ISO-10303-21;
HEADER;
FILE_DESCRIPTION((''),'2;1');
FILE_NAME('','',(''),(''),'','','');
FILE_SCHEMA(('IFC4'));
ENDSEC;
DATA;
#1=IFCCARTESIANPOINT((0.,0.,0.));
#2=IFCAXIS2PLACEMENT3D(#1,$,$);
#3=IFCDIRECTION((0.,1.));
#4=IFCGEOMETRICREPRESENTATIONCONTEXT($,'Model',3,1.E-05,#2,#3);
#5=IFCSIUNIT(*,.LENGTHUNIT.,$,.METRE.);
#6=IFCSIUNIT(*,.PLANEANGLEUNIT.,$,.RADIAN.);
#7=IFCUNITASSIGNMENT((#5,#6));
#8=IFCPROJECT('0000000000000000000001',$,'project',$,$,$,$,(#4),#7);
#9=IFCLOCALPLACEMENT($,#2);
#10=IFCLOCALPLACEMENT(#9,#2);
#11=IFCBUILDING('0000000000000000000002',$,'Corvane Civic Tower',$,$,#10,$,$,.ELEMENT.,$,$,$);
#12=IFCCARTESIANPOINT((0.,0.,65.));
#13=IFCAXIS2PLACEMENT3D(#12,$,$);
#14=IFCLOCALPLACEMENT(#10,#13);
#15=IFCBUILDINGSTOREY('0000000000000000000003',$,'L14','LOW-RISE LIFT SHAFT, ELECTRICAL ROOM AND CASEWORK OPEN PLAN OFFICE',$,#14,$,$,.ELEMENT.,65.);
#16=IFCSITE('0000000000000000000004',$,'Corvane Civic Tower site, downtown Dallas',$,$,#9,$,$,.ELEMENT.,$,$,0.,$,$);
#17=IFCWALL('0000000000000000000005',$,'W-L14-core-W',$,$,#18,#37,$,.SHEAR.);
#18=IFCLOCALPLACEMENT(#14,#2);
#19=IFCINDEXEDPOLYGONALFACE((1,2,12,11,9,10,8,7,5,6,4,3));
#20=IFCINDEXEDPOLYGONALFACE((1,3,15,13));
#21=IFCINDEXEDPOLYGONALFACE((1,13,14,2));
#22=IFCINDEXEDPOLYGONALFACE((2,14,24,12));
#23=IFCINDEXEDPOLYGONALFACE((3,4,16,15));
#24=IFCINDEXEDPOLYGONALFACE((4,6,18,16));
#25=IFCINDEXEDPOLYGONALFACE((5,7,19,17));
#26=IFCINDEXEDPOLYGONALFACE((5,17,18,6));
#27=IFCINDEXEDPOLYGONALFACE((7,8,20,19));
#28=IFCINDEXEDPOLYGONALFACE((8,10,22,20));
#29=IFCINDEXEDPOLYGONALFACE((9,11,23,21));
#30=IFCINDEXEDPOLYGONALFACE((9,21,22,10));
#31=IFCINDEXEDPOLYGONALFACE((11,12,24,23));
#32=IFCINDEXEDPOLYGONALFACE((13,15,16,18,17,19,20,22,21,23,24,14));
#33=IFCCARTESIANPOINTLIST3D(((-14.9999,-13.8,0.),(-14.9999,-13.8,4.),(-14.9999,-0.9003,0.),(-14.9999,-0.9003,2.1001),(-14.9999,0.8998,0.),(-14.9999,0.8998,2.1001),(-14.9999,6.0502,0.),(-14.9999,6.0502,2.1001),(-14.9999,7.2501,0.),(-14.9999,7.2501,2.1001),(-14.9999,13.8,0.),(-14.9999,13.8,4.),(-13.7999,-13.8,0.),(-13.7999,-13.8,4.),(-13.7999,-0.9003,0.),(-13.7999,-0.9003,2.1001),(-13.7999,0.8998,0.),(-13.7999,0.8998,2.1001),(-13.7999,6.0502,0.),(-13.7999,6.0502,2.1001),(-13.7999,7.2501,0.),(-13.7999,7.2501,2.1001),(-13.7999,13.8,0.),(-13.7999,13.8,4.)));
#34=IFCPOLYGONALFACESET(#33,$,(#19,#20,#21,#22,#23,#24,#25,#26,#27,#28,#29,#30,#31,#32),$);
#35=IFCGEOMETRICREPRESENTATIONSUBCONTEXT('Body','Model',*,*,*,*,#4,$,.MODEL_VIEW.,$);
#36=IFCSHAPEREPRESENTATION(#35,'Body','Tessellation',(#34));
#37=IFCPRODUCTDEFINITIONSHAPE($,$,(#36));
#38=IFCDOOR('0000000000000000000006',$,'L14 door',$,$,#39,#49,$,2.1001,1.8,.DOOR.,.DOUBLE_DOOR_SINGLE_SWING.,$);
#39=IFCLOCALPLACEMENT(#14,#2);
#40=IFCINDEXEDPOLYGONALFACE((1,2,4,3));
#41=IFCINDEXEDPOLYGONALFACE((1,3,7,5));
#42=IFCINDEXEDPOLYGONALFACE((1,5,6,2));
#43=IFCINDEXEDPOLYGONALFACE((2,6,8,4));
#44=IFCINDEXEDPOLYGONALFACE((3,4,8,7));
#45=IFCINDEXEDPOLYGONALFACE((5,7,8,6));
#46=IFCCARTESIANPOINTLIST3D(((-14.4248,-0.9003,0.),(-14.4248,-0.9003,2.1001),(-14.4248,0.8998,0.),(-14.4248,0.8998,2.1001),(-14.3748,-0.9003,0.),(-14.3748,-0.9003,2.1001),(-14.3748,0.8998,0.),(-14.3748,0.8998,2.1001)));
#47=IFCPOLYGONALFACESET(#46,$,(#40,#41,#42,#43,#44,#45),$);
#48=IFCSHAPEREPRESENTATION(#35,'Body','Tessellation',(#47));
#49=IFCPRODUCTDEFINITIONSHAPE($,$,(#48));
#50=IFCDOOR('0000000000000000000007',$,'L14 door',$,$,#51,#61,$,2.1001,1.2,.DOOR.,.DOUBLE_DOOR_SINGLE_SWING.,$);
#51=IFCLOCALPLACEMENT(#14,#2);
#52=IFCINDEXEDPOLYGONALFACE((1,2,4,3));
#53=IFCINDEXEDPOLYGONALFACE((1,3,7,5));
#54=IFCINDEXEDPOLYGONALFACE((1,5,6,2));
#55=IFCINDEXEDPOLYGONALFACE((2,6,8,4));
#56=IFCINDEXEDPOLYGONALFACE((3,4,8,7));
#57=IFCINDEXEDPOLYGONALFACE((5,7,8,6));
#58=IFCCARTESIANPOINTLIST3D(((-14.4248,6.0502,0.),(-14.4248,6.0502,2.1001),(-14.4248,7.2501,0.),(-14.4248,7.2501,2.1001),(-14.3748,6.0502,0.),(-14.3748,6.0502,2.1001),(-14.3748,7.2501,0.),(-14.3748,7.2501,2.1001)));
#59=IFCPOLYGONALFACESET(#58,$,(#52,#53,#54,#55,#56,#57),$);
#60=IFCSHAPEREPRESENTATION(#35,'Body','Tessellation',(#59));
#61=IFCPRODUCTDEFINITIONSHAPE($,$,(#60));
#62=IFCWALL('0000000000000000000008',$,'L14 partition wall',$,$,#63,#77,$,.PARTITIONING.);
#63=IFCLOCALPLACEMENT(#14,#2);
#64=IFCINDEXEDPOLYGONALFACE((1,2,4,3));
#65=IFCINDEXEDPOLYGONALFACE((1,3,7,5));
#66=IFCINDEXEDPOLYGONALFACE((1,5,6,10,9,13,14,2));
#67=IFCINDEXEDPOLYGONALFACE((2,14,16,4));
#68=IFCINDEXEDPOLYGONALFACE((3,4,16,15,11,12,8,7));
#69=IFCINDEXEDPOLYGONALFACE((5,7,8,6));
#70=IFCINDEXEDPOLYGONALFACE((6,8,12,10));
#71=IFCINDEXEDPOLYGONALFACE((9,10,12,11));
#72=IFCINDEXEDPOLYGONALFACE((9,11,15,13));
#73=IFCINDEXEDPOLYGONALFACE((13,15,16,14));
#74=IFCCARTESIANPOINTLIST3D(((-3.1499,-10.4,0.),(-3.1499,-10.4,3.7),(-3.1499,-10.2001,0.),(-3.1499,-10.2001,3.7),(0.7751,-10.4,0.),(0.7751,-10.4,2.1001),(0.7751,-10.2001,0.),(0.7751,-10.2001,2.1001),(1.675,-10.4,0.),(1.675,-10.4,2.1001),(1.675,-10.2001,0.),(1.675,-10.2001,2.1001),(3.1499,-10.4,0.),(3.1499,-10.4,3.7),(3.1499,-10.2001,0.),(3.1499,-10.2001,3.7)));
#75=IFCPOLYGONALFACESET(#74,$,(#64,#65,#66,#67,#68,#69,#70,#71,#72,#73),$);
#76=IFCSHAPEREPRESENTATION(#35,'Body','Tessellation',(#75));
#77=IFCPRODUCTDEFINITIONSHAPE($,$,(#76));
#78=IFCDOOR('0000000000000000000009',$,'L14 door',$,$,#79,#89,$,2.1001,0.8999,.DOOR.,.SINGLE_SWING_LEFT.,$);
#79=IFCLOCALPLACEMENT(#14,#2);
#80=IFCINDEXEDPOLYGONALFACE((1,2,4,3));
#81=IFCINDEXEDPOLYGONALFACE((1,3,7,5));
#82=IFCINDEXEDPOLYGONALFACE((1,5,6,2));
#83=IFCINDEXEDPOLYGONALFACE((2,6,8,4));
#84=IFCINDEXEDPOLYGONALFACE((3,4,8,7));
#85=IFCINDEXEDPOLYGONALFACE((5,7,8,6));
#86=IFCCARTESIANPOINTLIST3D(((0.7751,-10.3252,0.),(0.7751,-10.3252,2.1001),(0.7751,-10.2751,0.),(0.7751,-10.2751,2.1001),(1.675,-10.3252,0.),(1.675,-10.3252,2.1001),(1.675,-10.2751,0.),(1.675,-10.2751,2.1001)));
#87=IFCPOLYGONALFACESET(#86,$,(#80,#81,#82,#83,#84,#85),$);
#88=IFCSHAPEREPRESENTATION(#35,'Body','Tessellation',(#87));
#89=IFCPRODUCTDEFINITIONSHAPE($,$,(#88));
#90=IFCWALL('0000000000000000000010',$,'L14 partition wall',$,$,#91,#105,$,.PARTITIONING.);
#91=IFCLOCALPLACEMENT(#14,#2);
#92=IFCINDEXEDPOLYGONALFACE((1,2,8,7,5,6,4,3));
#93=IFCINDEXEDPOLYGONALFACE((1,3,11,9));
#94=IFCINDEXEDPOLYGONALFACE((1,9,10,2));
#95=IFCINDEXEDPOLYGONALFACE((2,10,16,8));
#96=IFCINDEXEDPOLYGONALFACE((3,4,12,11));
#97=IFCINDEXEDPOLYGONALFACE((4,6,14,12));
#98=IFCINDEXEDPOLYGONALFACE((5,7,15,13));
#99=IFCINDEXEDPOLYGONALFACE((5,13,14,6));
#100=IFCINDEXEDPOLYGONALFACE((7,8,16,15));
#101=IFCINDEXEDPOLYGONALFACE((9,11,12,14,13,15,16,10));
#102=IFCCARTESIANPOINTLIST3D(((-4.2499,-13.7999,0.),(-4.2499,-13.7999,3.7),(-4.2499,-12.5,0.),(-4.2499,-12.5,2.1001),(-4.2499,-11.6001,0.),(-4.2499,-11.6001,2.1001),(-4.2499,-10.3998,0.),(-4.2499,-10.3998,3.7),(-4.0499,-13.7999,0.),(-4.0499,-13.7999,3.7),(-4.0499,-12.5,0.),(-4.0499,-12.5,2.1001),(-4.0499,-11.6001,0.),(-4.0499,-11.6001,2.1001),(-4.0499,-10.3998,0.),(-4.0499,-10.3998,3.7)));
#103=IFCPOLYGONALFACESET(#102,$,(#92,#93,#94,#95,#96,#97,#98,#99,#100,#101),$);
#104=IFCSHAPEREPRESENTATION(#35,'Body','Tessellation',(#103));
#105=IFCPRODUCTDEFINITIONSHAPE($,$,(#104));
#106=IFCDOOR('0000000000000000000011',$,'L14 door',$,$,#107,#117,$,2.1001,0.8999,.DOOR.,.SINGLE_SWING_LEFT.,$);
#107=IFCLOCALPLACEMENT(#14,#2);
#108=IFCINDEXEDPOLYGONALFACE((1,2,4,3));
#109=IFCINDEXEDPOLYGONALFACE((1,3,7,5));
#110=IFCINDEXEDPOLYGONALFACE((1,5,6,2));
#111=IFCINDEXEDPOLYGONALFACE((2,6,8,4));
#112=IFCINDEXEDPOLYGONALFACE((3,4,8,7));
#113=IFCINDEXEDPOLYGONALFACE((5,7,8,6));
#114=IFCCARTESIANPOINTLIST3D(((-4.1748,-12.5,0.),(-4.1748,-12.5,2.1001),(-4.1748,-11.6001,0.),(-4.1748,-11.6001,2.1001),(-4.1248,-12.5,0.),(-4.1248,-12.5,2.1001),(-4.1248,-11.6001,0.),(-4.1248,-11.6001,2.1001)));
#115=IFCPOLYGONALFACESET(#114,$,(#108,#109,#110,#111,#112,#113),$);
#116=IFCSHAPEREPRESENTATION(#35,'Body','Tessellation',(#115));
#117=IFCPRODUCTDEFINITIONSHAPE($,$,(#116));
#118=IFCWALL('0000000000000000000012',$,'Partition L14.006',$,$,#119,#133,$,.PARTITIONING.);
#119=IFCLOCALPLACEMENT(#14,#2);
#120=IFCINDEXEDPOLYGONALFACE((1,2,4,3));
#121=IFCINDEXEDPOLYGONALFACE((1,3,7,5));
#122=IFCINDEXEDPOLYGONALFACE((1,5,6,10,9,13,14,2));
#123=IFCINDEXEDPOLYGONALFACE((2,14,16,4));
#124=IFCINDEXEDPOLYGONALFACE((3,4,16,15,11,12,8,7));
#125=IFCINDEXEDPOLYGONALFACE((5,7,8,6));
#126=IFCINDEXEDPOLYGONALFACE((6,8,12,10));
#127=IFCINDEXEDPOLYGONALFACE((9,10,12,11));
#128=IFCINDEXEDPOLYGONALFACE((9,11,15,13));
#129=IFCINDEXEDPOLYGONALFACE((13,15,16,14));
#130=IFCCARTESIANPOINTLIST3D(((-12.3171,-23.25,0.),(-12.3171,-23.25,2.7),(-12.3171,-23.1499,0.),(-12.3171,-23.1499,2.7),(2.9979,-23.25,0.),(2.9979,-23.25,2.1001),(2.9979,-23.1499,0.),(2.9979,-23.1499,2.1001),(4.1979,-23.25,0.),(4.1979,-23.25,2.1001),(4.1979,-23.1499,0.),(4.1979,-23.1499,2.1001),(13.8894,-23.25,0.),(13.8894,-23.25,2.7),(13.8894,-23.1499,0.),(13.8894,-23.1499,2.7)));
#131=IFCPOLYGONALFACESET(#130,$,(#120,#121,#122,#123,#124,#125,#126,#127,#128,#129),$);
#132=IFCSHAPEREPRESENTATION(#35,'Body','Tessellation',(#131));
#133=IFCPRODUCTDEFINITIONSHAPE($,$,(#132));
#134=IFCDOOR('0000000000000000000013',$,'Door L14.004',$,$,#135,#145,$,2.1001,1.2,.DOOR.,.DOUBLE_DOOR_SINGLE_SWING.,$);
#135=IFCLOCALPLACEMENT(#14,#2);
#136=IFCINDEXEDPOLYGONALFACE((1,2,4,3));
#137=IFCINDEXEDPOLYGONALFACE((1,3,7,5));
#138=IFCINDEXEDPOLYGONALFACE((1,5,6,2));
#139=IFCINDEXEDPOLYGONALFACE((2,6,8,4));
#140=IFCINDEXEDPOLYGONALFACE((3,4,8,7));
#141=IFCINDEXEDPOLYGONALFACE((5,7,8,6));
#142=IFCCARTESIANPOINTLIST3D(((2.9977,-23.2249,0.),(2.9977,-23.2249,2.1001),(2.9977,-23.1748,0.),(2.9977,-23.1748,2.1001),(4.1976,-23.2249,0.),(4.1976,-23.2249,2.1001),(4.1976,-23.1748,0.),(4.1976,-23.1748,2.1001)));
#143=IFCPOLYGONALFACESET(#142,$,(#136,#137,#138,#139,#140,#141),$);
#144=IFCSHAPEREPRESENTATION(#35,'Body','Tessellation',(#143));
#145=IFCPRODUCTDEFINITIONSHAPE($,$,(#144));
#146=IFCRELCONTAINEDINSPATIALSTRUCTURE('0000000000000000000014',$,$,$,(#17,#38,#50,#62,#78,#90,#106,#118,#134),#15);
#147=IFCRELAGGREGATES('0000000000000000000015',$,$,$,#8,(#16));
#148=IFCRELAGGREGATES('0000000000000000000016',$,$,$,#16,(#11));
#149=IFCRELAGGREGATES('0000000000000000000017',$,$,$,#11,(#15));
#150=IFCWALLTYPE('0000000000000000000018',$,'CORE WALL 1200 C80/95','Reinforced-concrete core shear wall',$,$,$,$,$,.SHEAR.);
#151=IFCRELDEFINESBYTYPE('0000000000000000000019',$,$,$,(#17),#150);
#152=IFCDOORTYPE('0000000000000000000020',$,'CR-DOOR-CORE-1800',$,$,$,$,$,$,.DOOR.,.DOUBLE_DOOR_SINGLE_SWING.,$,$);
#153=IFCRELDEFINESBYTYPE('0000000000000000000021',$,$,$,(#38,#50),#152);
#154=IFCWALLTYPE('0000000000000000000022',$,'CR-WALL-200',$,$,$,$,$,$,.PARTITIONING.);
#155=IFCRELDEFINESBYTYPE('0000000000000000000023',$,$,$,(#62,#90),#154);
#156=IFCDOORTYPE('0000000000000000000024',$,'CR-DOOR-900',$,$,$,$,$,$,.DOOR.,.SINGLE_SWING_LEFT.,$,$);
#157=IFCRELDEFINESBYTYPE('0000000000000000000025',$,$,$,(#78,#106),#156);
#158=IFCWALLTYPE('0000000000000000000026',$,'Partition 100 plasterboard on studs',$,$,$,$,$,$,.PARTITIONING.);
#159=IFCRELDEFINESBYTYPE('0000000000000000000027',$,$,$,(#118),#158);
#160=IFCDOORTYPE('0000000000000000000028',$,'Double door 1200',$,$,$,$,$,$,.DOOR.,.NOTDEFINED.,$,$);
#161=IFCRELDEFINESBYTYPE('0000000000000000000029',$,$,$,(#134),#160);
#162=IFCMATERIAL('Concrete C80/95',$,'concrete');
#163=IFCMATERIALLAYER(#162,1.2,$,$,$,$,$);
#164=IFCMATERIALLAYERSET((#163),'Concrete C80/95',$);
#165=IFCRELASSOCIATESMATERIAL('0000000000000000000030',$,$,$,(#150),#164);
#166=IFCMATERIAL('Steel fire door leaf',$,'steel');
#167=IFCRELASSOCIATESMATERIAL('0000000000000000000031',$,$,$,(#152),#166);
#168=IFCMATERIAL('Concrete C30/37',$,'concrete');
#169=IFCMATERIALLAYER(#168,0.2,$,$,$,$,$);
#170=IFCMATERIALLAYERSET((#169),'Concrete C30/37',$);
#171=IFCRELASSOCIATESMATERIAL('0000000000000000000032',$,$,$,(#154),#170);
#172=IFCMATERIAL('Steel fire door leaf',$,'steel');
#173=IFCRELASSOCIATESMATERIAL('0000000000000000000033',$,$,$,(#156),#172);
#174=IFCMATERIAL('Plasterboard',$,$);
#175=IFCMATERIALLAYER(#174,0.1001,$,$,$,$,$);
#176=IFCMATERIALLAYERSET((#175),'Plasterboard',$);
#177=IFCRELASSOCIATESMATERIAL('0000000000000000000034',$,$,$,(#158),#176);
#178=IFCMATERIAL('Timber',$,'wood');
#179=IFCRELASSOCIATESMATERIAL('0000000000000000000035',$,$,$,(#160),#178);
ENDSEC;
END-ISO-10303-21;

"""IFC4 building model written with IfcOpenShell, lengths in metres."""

from ifc_helpers import new_model, si_unit, direction, frame, frame_2d, origin, place, context, subcontext, project, spatial, rectangle, extrude, material, layer, layer_set, type_object, element, fill, save


model = new_model("IFC4")

# Units and contexts
model_context = context("Model", 3, precision=1e-05, world=origin(), true_north=direction((0.0, 1.0)))
body_context = subcontext(model_context, "Body", "Model", "MODEL_VIEW")
ifc_project = project(units=[si_unit("LENGTHUNIT", "METRE"), si_unit("PLANEANGLEUNIT", "RADIAN")], contexts=[model_context])

# Site, building, storey
site_placement = place(None, origin())
site = spatial("IfcSite", under=ifc_project, at=site_placement, Name="Corvane Civic Tower site, downtown Dallas", CompositionType="ELEMENT", RefElevation=0.0)
building_placement = place(site_placement, origin())
building = spatial("IfcBuilding", under=site, at=building_placement, Name="Corvane Civic Tower", CompositionType="ELEMENT")
storey_placement = place(building_placement, frame((0.0, 0.0, 65.0)))
storey = spatial("IfcBuildingStorey", under=building, at=storey_placement, Name="L14", Description="LOW-RISE LIFT SHAFT, ELECTRICAL ROOM AND CASEWORK OPEN PLAN OFFICE", CompositionType="ELEMENT", Elevation=65.0)

# Shared definitions
ifc_material_1 = material(Name="Concrete C80/95", Category="concrete")
ifc_layer_1 = layer(ifc_material_1, 1.2)
ifc_layer_set_1 = layer_set([ifc_layer_1], Name="Concrete C80/95")
wall_type_1 = type_object("IfcWallType", Name="CORE WALL 1200 C80/95", Description="Reinforced-concrete core shear wall", PredefinedType="SHEAR", material=ifc_layer_set_1)

# Wall, openings, doors
wall_1_placement = place(storey_placement, frame((-14.3999, -13.8, 0.0), z_axis=(0.0, 0.0, 1.0), x_axis=(0.0, 1.0, 0.0)))
wall_1 = element("IfcWall", 1, at=wall_1_placement, inside=storey, type_object=wall_type_1, Name="W-L14-core-W", PredefinedType="SHEAR", context=body_context, shape_type="SweptSolid", body=[
    extrude(rectangle(XDim=27.6001, YDim=1.2, at=frame_2d((13.8, 0.0))), origin(), (0.0, 0.0, 1.0), 4.0),
])
opening_1_placement = place(wall_1_placement, frame((12.8999, 0.0, 0.0)))
opening_1 = element("IfcOpeningElement", 2, at=opening_1_placement, cuts=wall_1, PredefinedType="OPENING", context=body_context, shape_type="SweptSolid", body=[
    extrude(rectangle(XDim=1.8, YDim=2.1001, at=frame_2d((0.8999, 1.05))), frame((0.0, 0.6099, 0.0), z_axis=(0.0, -1.0, 0.0), x_axis=(1.0, 0.0, 0.0)), (0.0, 0.0, 1.0), 1.22),
])
opening_2_placement = place(wall_1_placement, frame((19.8501, 0.0, 0.0)))
opening_2 = element("IfcOpeningElement", 3, at=opening_2_placement, cuts=wall_1, PredefinedType="OPENING", context=body_context, shape_type="SweptSolid", body=[
    extrude(rectangle(XDim=1.2, YDim=2.1001, at=frame_2d((0.6001, 1.05))), frame((0.0, 0.6099, 0.0), z_axis=(0.0, -1.0, 0.0), x_axis=(1.0, 0.0, 0.0)), (0.0, 0.0, 1.0), 1.22),
])
ifc_material_2 = material(Name="Steel fire door leaf", Category="steel")
door_type_1 = type_object("IfcDoorType", Name="CR-DOOR-CORE-1800", OperationType="DOUBLE_DOOR_SINGLE_SWING", PredefinedType="DOOR", material=ifc_material_2)
door_1_placement = place(opening_1_placement, origin())
door_1 = element("IfcDoor", 4, at=door_1_placement, inside=storey, type_object=door_type_1, Name="L14 door", OperationType="DOUBLE_DOOR_SINGLE_SWING", OverallHeight=2.1001, OverallWidth=1.8, PredefinedType="DOOR", context=body_context, shape_type="SweptSolid", body=[
    extrude(rectangle(XDim=1.8, YDim=2.1001, at=frame_2d((0.8999, 1.05))), frame((0.0, 0.0249, 0.0), z_axis=(0.0, -1.0, 0.0), x_axis=(1.0, 0.0, 0.0)), (0.0, 0.0, 1.0), 0.05),
])
fill(opening_1, door_1)
door_2_placement = place(opening_2_placement, origin())
door_2 = element("IfcDoor", 5, at=door_2_placement, inside=storey, type_object=door_type_1, Name="L14 door", OperationType="DOUBLE_DOOR_SINGLE_SWING", OverallHeight=2.1001, OverallWidth=1.2, PredefinedType="DOOR", context=body_context, shape_type="SweptSolid", body=[
    extrude(rectangle(XDim=1.2, YDim=2.1001, at=frame_2d((0.6001, 1.05))), frame((0.0, 0.0249, 0.0), z_axis=(0.0, -1.0, 0.0), x_axis=(1.0, 0.0, 0.0)), (0.0, 0.0, 1.0), 0.05),
])
fill(opening_2, door_2)

# Walls, openings, doors
ifc_material_3 = material(Name="Concrete C30/37", Category="concrete")
ifc_layer_2 = layer(ifc_material_3, 0.2)
ifc_layer_set_2 = layer_set([ifc_layer_2], Name="Concrete C30/37")
wall_type_2 = type_object("IfcWallType", Name="CR-WALL-200", PredefinedType="PARTITIONING", material=ifc_layer_set_2)
wall_2_placement = place(storey_placement, frame((-3.1499, -10.3, 0.0), z_axis=(0.0, 0.0, 1.0), x_axis=(1.0, 0.0, 0.0)))
wall_2 = element("IfcWall", 6, at=wall_2_placement, inside=storey, type_object=wall_type_2, Name="L14 partition wall", PredefinedType="PARTITIONING", context=body_context, shape_type="SweptSolid", body=[
    extrude(rectangle(XDim=6.2998, YDim=0.2, at=frame_2d((3.1499, 0.0))), origin(), (0.0, 0.0, 1.0), 3.7),
])
opening_3_placement = place(wall_2_placement, frame((3.925, 0.0, 0.0)))
opening_3 = element("IfcOpeningElement", 7, at=opening_3_placement, cuts=wall_2, PredefinedType="OPENING", context=body_context, shape_type="SweptSolid", body=[
    extrude(rectangle(XDim=0.8999, YDim=2.1001, at=frame_2d((0.45, 1.05))), frame((0.0, 0.1099, 0.0), z_axis=(0.0, -1.0, 0.0), x_axis=(1.0, 0.0, 0.0)), (0.0, 0.0, 1.0), 0.22),
])
ifc_material_4 = material(Name="Steel fire door leaf", Category="steel")
door_type_2 = type_object("IfcDoorType", Name="CR-DOOR-900", OperationType="SINGLE_SWING_LEFT", PredefinedType="DOOR", material=ifc_material_4)
door_3_placement = place(opening_3_placement, origin())
door_3 = element("IfcDoor", 8, at=door_3_placement, inside=storey, type_object=door_type_2, Name="L14 door", OperationType="SINGLE_SWING_LEFT", OverallHeight=2.1001, OverallWidth=0.8999, PredefinedType="DOOR", context=body_context, shape_type="SweptSolid", body=[
    extrude(rectangle(XDim=0.8999, YDim=2.1001, at=frame_2d((0.45, 1.05))), frame((0.0, 0.0249, 0.0), z_axis=(0.0, -1.0, 0.0), x_axis=(1.0, 0.0, 0.0)), (0.0, 0.0, 1.0), 0.05),
])
fill(opening_3, door_3)
wall_3_placement = place(storey_placement, frame((-4.1499, -13.8, 0.0), z_axis=(0.0, 0.0, 1.0), x_axis=(0.0, 1.0, 0.0)))
wall_3 = element("IfcWall", 9, at=wall_3_placement, inside=storey, type_object=wall_type_2, Name="L14 partition wall", PredefinedType="PARTITIONING", context=body_context, shape_type="SweptSolid", body=[
    extrude(rectangle(XDim=3.4001, YDim=0.2, at=frame_2d((1.7002, 0.0))), origin(), (0.0, 0.0, 1.0), 3.7),
])
opening_4_placement = place(wall_3_placement, frame((1.3, 0.0, 0.0)))
opening_4 = element("IfcOpeningElement", 10, at=opening_4_placement, cuts=wall_3, PredefinedType="OPENING", context=body_context, shape_type="SweptSolid", body=[
    extrude(rectangle(XDim=0.8999, YDim=2.1001, at=frame_2d((0.45, 1.05))), frame((0.0, 0.1099, 0.0), z_axis=(0.0, -1.0, 0.0), x_axis=(1.0, 0.0, 0.0)), (0.0, 0.0, 1.0), 0.22),
])
door_4_placement = place(opening_4_placement, origin())
door_4 = element("IfcDoor", 11, at=door_4_placement, inside=storey, type_object=door_type_2, Name="L14 door", OperationType="SINGLE_SWING_LEFT", OverallHeight=2.1001, OverallWidth=0.8999, PredefinedType="DOOR", context=body_context, shape_type="SweptSolid", body=[
    extrude(rectangle(XDim=0.8999, YDim=2.1001, at=frame_2d((0.45, 1.05))), frame((0.0, 0.0249, 0.0), z_axis=(0.0, -1.0, 0.0), x_axis=(1.0, 0.0, 0.0)), (0.0, 0.0, 1.0), 0.05),
])
fill(opening_4, door_4)
ifc_material_5 = material(Name="Plasterboard")
ifc_layer_3 = layer(ifc_material_5, 0.1001)
ifc_layer_set_3 = layer_set([ifc_layer_3], Name="Plasterboard")
wall_type_3 = type_object("IfcWallType", Name="Partition 100 plasterboard on studs", PredefinedType="PARTITIONING", material=ifc_layer_set_3)
wall_4_placement = place(storey_placement, frame((-12.3171, -23.2, 0.0), z_axis=(0.0, 0.0, 1.0), x_axis=(1.0, 0.0, 0.0)))
wall_4 = element("IfcWall", 12, at=wall_4_placement, inside=storey, type_object=wall_type_3, Name="Partition L14.006", PredefinedType="PARTITIONING", context=body_context, shape_type="SweptSolid", body=[
    extrude(rectangle(XDim=26.2065, YDim=0.1001, at=frame_2d((13.1033, 0.0))), origin(), (0.0, 0.0, 1.0), 2.7),
])
opening_5_placement = place(wall_4_placement, frame((15.3149, 0.0, 0.0)))
opening_5 = element("IfcOpeningElement", 13, at=opening_5_placement, cuts=wall_4, PredefinedType="OPENING", context=body_context, shape_type="SweptSolid", body=[
    extrude(rectangle(XDim=1.2, YDim=2.1001, at=frame_2d((0.6001, 1.05))), frame((0.0, 0.0601, 0.0), z_axis=(0.0, -1.0, 0.0), x_axis=(1.0, 0.0, 0.0)), (0.0, 0.0, 1.0), 0.1201),
])
ifc_material_6 = material(Name="Timber", Category="wood")
door_type_3 = type_object("IfcDoorType", Name="Double door 1200", OperationType="NOTDEFINED", PredefinedType="DOOR", material=ifc_material_6)
door_5_placement = place(opening_5_placement, frame((1.2, 0.0, 0.0), z_axis=(0.0, 0.0, 1.0), x_axis=(-1.0, 0.0, 0.0)))
door_5 = element("IfcDoor", 14, at=door_5_placement, inside=storey, type_object=door_type_3, Name="Door L14.004", OperationType="DOUBLE_DOOR_SINGLE_SWING", OverallHeight=2.1001, OverallWidth=1.2, PredefinedType="DOOR", context=body_context, shape_type="SweptSolid", body=[
    extrude(rectangle(XDim=1.2, YDim=2.1001, at=frame_2d((0.6001, 1.05))), frame((0.0, 0.0249, 0.0), z_axis=(0.0, -1.0, 0.0), x_axis=(1.0, 0.0, 0.0)), (0.0, 0.0, 1.0), 0.05),
])
fill(opening_5, door_5)

save(model, "model.ifc")
